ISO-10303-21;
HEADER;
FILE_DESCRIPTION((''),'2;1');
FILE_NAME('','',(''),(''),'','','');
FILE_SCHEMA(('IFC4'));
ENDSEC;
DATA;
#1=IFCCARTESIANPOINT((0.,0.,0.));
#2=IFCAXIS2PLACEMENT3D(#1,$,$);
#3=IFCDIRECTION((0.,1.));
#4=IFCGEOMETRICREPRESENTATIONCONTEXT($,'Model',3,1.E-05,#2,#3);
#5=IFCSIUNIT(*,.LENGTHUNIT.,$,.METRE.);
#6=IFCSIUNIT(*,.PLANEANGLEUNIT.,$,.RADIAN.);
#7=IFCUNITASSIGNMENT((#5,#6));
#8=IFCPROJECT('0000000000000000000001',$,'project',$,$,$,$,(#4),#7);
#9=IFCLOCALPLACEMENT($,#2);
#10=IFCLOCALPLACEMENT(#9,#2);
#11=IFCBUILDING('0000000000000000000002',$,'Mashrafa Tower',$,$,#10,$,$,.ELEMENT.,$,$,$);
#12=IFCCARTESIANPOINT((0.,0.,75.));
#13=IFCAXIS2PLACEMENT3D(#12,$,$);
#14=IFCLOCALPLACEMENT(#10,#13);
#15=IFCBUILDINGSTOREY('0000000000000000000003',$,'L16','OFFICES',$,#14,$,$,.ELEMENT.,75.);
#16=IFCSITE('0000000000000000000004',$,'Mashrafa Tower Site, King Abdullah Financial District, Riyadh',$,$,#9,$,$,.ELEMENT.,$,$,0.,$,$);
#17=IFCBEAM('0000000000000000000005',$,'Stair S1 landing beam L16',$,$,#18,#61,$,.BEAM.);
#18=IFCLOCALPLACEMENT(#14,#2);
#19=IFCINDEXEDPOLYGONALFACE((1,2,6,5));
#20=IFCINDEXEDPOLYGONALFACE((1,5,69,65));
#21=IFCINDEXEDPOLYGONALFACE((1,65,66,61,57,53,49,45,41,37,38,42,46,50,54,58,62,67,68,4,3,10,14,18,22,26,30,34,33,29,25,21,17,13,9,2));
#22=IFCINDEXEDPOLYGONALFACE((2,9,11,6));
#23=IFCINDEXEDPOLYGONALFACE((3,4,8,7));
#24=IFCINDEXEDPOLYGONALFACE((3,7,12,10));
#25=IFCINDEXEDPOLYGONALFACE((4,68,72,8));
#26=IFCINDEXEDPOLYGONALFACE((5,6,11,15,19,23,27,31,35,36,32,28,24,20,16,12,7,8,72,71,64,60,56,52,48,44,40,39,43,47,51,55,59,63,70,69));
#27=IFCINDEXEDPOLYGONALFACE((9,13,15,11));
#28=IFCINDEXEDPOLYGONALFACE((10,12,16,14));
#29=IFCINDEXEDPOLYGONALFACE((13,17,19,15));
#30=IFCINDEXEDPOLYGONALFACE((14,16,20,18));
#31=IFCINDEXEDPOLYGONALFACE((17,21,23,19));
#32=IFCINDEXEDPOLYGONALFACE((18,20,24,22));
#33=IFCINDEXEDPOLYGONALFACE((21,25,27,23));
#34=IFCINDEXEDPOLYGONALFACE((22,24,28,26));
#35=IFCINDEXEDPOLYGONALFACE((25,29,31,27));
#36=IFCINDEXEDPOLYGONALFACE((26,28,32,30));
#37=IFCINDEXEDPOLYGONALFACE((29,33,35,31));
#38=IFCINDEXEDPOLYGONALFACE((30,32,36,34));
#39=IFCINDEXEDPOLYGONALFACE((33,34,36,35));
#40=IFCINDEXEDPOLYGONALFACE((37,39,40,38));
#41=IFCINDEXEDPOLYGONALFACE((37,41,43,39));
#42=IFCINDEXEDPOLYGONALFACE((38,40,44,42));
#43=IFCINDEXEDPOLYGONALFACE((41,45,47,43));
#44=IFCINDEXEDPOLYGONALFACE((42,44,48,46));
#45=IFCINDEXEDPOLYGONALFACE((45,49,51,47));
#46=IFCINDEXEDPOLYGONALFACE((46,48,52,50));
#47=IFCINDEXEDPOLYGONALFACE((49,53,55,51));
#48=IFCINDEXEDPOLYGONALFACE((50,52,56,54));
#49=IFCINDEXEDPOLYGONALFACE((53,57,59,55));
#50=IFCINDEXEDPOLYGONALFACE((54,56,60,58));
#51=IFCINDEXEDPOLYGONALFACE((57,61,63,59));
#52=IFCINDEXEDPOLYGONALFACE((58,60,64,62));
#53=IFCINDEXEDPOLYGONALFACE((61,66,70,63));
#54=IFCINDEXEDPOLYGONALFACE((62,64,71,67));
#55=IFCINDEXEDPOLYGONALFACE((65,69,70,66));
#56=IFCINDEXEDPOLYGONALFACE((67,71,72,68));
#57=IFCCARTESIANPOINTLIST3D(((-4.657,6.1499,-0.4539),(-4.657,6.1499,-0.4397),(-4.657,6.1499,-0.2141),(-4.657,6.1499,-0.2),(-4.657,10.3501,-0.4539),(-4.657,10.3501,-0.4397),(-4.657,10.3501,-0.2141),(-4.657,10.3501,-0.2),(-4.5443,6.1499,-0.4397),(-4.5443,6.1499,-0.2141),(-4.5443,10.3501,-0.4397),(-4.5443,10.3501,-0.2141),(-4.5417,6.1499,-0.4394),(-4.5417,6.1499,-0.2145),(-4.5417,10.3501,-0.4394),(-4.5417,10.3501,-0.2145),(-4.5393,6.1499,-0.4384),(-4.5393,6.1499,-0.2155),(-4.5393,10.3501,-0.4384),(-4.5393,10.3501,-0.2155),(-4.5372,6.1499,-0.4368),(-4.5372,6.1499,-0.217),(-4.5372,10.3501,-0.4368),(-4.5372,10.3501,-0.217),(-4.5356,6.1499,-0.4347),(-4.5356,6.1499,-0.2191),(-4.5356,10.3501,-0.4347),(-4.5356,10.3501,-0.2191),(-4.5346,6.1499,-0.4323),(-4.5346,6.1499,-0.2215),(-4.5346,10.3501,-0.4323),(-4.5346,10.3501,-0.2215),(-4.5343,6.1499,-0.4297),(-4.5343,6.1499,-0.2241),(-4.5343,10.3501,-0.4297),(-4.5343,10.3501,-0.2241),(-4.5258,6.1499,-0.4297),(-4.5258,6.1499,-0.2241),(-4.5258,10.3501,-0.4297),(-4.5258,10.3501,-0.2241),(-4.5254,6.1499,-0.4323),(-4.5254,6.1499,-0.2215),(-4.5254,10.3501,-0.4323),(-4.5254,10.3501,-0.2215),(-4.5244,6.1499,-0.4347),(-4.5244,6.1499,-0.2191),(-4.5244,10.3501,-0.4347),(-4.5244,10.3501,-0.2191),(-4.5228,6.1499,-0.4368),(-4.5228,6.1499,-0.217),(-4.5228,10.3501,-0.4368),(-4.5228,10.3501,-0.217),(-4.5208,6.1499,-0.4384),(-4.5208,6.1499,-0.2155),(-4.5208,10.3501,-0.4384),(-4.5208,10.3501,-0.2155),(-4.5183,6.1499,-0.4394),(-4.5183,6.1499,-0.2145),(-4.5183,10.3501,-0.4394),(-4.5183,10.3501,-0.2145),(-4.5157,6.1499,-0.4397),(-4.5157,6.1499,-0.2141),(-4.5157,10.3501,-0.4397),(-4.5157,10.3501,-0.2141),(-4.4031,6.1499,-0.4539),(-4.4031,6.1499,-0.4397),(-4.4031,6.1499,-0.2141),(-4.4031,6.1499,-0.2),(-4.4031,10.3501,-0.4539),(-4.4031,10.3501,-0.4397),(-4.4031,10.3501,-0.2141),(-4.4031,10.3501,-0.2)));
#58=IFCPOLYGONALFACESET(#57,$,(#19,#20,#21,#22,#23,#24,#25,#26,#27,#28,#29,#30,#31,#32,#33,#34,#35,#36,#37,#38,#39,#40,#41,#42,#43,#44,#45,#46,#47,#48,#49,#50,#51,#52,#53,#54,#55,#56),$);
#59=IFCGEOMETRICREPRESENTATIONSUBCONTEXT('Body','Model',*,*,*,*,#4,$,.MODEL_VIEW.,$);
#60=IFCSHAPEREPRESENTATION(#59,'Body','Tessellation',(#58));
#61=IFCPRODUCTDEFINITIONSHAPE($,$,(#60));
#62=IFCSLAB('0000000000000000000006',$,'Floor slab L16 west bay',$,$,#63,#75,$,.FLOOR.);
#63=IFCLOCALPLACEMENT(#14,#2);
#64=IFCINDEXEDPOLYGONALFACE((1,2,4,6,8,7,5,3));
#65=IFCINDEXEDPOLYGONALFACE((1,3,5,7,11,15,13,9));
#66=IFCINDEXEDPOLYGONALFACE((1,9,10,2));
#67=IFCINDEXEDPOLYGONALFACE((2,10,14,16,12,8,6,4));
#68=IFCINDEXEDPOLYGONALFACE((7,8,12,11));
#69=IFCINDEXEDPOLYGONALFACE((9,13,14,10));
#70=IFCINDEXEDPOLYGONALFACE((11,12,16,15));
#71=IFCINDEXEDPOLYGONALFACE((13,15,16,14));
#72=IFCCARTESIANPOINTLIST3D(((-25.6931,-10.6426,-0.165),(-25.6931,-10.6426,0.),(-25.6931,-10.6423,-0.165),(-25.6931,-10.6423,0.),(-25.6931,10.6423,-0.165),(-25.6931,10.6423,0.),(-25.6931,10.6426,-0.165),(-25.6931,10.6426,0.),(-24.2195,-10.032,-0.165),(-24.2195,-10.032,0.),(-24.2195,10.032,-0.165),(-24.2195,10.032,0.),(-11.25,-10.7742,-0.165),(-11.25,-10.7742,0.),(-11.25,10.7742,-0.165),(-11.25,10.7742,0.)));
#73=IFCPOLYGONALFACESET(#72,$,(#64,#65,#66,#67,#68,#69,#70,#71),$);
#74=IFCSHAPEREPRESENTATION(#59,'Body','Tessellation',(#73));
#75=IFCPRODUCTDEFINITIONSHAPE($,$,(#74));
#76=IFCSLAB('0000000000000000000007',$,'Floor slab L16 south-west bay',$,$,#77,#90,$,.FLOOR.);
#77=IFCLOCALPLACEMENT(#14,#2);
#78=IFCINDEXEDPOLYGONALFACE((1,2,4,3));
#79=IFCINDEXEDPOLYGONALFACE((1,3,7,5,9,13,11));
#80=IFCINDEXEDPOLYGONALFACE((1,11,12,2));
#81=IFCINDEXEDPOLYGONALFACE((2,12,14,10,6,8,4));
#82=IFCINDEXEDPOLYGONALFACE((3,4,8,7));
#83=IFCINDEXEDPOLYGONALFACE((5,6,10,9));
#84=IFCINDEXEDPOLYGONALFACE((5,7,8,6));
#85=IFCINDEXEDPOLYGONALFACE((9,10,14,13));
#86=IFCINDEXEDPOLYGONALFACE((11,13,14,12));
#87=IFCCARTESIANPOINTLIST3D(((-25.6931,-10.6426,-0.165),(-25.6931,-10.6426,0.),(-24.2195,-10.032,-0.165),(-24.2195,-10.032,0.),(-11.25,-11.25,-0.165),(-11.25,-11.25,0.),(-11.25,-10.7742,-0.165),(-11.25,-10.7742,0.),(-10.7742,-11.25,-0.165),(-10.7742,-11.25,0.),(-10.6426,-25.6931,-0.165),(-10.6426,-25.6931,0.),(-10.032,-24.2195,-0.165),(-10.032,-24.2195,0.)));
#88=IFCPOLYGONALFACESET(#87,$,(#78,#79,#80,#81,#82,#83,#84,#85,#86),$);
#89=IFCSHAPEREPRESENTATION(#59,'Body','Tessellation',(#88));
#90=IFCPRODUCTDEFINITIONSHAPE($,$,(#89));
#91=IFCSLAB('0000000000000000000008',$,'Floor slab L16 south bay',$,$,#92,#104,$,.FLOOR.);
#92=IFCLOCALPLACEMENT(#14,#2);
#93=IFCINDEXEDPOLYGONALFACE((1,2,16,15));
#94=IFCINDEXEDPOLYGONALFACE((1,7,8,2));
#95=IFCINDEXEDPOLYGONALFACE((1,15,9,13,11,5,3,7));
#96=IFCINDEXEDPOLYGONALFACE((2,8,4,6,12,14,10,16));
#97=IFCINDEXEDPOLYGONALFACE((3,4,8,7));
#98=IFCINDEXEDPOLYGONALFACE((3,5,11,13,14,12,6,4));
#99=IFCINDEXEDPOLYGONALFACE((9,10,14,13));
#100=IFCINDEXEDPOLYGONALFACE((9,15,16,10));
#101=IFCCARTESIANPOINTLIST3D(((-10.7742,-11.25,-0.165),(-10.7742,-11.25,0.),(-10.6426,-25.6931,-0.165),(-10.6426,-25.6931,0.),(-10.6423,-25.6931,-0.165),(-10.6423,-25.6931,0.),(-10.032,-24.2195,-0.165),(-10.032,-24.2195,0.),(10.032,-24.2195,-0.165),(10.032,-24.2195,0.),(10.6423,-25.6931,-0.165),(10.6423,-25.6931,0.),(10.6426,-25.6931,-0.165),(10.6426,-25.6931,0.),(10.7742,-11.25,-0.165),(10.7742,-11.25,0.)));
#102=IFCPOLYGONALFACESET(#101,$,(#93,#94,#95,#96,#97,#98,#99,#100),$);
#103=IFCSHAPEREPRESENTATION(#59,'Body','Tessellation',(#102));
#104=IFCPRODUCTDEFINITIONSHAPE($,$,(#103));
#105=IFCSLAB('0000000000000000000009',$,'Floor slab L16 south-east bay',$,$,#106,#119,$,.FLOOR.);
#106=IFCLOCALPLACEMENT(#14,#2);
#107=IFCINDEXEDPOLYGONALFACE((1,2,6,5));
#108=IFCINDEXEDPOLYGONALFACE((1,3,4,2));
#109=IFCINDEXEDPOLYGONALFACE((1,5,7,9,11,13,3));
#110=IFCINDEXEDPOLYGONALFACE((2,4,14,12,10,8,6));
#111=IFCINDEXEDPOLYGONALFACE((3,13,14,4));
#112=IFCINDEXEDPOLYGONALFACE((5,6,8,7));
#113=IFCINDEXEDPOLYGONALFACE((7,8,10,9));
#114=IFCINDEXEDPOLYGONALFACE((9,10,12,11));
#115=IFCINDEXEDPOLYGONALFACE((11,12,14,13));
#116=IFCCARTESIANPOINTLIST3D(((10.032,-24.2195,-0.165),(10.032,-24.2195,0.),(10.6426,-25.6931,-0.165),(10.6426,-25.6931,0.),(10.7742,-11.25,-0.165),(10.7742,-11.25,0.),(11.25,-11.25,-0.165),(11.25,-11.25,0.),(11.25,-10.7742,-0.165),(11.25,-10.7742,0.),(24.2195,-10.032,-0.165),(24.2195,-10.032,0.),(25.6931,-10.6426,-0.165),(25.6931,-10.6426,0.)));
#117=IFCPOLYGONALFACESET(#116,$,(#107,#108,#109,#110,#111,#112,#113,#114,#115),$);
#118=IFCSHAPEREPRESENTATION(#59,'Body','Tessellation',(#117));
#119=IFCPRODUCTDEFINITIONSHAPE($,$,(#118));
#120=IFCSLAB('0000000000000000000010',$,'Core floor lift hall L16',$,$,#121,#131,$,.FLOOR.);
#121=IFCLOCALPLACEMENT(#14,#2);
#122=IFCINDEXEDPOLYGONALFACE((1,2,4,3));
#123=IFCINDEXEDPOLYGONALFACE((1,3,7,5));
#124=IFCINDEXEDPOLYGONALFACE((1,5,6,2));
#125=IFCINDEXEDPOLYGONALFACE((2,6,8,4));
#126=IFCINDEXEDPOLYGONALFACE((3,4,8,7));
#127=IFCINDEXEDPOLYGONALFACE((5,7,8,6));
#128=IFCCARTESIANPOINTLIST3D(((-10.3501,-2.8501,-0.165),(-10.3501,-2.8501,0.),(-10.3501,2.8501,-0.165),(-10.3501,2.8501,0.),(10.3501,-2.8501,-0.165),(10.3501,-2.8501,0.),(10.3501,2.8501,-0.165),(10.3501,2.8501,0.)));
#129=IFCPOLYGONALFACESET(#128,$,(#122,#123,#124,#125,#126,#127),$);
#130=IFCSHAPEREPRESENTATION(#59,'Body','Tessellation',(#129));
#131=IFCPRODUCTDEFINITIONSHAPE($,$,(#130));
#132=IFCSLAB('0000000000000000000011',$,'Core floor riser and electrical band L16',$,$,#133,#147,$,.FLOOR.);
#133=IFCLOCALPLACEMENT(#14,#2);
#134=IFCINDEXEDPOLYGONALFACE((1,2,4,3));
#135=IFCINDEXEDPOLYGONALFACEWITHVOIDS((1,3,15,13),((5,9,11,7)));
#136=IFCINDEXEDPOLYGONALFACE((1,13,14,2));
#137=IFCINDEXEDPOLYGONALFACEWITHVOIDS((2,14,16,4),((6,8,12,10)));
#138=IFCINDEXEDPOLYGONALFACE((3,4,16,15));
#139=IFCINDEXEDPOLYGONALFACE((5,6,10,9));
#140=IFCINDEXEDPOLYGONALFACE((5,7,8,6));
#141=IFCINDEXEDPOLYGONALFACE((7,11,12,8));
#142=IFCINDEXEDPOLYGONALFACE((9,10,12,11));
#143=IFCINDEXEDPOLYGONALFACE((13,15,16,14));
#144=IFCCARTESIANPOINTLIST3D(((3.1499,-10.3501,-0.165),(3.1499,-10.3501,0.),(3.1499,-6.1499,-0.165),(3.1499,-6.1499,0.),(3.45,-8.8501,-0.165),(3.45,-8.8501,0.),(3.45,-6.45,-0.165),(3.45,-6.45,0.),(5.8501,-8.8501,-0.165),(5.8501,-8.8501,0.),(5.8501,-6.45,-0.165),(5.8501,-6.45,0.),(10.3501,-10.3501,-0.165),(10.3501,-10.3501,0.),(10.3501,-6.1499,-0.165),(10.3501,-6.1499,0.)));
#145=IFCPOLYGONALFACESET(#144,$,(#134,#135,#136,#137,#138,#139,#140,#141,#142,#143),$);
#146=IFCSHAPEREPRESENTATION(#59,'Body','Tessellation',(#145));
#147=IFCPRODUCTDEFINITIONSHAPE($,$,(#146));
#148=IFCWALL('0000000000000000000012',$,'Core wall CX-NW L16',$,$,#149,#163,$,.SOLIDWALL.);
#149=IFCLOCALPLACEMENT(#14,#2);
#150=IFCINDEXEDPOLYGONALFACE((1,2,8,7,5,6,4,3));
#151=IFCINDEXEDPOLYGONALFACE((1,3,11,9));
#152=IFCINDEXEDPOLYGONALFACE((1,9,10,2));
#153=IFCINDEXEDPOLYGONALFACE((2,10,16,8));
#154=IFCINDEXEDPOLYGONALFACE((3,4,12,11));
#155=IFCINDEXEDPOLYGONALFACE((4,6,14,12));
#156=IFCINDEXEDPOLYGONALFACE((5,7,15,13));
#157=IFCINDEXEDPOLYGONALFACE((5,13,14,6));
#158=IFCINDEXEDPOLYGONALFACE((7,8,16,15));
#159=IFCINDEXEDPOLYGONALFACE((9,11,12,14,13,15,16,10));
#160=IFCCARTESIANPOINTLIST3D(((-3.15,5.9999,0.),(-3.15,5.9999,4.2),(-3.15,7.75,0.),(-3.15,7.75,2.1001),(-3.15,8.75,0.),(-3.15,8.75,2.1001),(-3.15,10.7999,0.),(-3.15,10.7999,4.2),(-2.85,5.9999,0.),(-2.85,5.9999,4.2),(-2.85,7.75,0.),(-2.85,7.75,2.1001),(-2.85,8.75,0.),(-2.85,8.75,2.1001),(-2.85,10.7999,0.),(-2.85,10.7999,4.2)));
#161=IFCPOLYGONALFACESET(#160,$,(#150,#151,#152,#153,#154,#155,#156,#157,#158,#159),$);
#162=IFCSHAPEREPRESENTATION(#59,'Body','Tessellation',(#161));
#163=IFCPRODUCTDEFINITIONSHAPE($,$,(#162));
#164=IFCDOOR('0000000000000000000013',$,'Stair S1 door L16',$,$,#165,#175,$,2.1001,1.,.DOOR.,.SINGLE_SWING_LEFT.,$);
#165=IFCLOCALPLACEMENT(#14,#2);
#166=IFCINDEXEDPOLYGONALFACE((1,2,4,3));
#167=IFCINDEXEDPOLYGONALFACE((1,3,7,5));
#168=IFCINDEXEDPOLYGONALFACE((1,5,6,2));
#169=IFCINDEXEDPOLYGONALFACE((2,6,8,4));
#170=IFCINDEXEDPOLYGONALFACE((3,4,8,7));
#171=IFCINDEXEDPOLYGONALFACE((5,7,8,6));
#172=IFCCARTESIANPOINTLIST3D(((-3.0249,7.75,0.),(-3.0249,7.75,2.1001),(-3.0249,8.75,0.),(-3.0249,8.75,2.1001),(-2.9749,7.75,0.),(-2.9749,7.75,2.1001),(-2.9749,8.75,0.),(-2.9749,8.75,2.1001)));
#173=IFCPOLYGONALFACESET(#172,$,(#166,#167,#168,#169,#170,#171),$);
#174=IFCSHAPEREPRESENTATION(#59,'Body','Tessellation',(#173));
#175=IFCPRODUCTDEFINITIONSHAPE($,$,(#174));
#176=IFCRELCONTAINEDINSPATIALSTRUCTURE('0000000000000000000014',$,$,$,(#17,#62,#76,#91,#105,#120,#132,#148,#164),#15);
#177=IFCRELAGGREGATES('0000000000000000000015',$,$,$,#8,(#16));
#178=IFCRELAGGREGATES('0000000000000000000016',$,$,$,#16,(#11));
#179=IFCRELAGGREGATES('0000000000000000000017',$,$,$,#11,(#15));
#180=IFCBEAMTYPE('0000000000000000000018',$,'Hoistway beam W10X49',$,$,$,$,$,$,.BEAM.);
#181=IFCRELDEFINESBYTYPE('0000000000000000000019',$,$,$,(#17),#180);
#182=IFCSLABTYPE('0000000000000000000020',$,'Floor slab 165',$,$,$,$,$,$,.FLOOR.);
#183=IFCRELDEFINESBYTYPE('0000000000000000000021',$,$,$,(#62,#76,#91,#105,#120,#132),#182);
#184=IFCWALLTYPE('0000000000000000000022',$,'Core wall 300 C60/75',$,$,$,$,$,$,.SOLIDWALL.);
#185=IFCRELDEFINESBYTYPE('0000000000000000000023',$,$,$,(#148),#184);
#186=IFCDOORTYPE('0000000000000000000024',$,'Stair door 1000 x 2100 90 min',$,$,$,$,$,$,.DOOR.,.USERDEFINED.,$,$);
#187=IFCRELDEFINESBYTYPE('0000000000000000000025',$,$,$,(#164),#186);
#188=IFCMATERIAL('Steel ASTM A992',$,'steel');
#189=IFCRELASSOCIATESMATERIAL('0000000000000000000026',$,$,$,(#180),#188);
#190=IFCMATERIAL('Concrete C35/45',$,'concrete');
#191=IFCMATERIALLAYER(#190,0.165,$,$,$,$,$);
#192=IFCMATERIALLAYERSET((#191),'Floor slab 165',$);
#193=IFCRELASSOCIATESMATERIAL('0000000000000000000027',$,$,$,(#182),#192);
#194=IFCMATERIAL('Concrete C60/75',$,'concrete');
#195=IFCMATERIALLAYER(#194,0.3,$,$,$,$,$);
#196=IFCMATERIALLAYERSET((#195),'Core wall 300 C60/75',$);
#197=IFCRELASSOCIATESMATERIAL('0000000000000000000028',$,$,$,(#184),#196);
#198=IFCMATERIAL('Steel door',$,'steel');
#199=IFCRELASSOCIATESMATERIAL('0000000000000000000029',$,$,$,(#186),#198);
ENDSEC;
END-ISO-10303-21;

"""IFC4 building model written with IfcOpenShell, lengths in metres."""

from ifc_helpers import new_model, si_unit, direction, frame, frame_2d, origin, origin_2d, place, context, subcontext, project, spatial, polyline, rectangle, i_section, outline, extrude, material, layer, layer_set, material_profile, profile_set, type_object, element, fill, save


model = new_model("IFC4")

# Units and contexts
model_context = context("Model", 3, precision=1e-05, world=origin(), true_north=direction((0.0, 1.0)))
body_context = subcontext(model_context, "Body", "Model", "MODEL_VIEW")
ifc_project = project(units=[si_unit("LENGTHUNIT", "METRE"), si_unit("PLANEANGLEUNIT", "RADIAN")], contexts=[model_context])

# Site, building, storey
site_placement = place(None, origin())
site = spatial("IfcSite", under=ifc_project, at=site_placement, Name="Mashrafa Tower Site, King Abdullah Financial District, Riyadh", CompositionType="ELEMENT", RefElevation=0.0)
building_placement = place(site_placement, origin())
building = spatial("IfcBuilding", under=site, at=building_placement, Name="Mashrafa Tower", CompositionType="ELEMENT")
storey_placement = place(building_placement, frame((0.0, 0.0, 75.0)))
storey = spatial("IfcBuildingStorey", under=building, at=storey_placement, Name="L16", Description="OFFICES", CompositionType="ELEMENT", Elevation=75.0)

# Beam
ifc_material_1 = material(Name="Steel ASTM A992", Category="steel")
ifc_material_profile = material_profile(ifc_material_1, i_section(OverallWidth=0.2539, OverallDepth=0.2539, WebThickness=0.0085, FlangeThickness=0.0142, FilletRadius=0.01, at=origin_2d()), Name="W10X49")
ifc_profile_set = profile_set([ifc_material_profile], Name="Steel ASTM A992")
beam_type = type_object("IfcBeamType", Name="Hoistway beam W10X49", PredefinedType="BEAM", material=ifc_profile_set)
beam_placement = place(storey_placement, frame((-4.53, 6.1499, -0.3269), z_axis=(0.0, 1.0, 0.0), x_axis=(-1.0, 0.0, 0.0)))
element("IfcBeam", 1, at=beam_placement, inside=storey, type_object=beam_type, Name="Stair S1 landing beam L16", PredefinedType="BEAM", context=body_context, shape_type="SweptSolid", body=[
    extrude(i_section(OverallWidth=0.2539, OverallDepth=0.2539, WebThickness=0.0085, FlangeThickness=0.0142, FilletRadius=0.01, at=origin_2d()), origin(), (0.0, 0.0, 1.0), 4.2002),
])

# Slabs
ifc_material_2 = material(Name="Concrete C35/45", Category="concrete")
ifc_layer_1 = layer(ifc_material_2, 0.165)
ifc_layer_set_1 = layer_set([ifc_layer_1], Name="Floor slab 165")
slab_type = type_object("IfcSlabType", Name="Floor slab 165", PredefinedType="FLOOR", material=ifc_layer_set_1)
slab_1_placement = place(storey_placement, frame((0.0, 0.0, -0.165)))
element("IfcSlab", 2, at=slab_1_placement, inside=storey, type_object=slab_type, Name="Floor slab L16 west bay", PredefinedType="FLOOR", context=body_context, shape_type="SweptSolid", body=[
    extrude(outline(polyline([(-25.6931, -10.6423), (-25.6931, 10.6423), (-25.6931, 10.6426), (-24.2195, 10.032), (-11.25, 10.7742), (-11.25, -10.7742), (-24.2195, -10.032), (-25.6931, -10.6426), (-25.6931, -10.6423)])), origin(), (0.0, 0.0, 1.0), 0.165),
])
slab_2_placement = place(storey_placement, frame((0.0, 0.0, -0.165)))
element("IfcSlab", 3, at=slab_2_placement, inside=storey, type_object=slab_type, Name="Floor slab L16 south-west bay", PredefinedType="FLOOR", context=body_context, shape_type="SweptSolid", body=[
    extrude(outline(polyline([(-25.6931, -10.6426), (-24.2195, -10.032), (-11.25, -10.7742), (-11.25, -11.25), (-10.7742, -11.25), (-10.032, -24.2195), (-10.6426, -25.6931), (-25.6931, -10.6426)])), origin(), (0.0, 0.0, 1.0), 0.165),
])
slab_3_placement = place(storey_placement, frame((0.0, 0.0, -0.165)))
element("IfcSlab", 4, at=slab_3_placement, inside=storey, type_object=slab_type, Name="Floor slab L16 south bay", PredefinedType="FLOOR", context=body_context, shape_type="SweptSolid", body=[
    extrude(outline(polyline([(-10.6423, -25.6931), (-10.6426, -25.6931), (-10.032, -24.2195), (-10.7742, -11.25), (10.7742, -11.25), (10.032, -24.2195), (10.6426, -25.6931), (10.6423, -25.6931), (-10.6423, -25.6931)])), origin(), (0.0, 0.0, 1.0), 0.165),
])
slab_4_placement = place(storey_placement, frame((0.0, 0.0, -0.165)))
element("IfcSlab", 5, at=slab_4_placement, inside=storey, type_object=slab_type, Name="Floor slab L16 south-east bay", PredefinedType="FLOOR", context=body_context, shape_type="SweptSolid", body=[
    extrude(outline(polyline([(10.6426, -25.6931), (10.032, -24.2195), (10.7742, -11.25), (11.25, -11.25), (11.25, -10.7742), (24.2195, -10.032), (25.6931, -10.6426), (10.6426, -25.6931)])), origin(), (0.0, 0.0, 1.0), 0.165),
])
slab_5_placement = place(storey_placement, frame((0.0, 0.0, -0.165)))
element("IfcSlab", 6, at=slab_5_placement, inside=storey, type_object=slab_type, Name="Core floor lift hall L16", PredefinedType="FLOOR", context=body_context, shape_type="SweptSolid", body=[
    extrude(outline(polyline([(-10.3501, 2.8501), (10.3501, 2.8501), (10.3501, -2.8501), (-10.3501, -2.8501), (-10.3501, 2.8501)])), origin(), (0.0, 0.0, 1.0), 0.165),
])
slab_6_placement = place(storey_placement, frame((0.0, 0.0, -0.165)))
element("IfcSlab", 7, at=slab_6_placement, inside=storey, type_object=slab_type, Name="Core floor riser and electrical band L16", PredefinedType="FLOOR", context=body_context, shape_type="SweptSolid", body=[
    extrude(outline(polyline([(10.3501, -6.1499), (10.3501, -10.3501), (3.1499, -10.3501), (3.1499, -6.1499), (10.3501, -6.1499)]), holes=[polyline([(3.45, -8.8501), (5.8501, -8.8501), (5.8501, -6.45), (3.45, -6.45), (3.45, -8.8501)])]), origin(), (0.0, 0.0, 1.0), 0.165),
])

# Wall, opening, door
ifc_material_3 = material(Name="Concrete C60/75", Category="concrete")
ifc_layer_2 = layer(ifc_material_3, 0.3)
ifc_layer_set_2 = layer_set([ifc_layer_2], Name="Core wall 300 C60/75")
wall_type_1 = type_object("IfcWallType", Name="Core wall 300 C60/75", PredefinedType="SOLIDWALL", material=ifc_layer_set_2)
wall_1_placement = place(storey_placement, frame((-3.0, 6.0, 0.0), z_axis=(0.0, 0.0, 1.0), x_axis=(0.0, 1.0, 0.0)))
wall_1 = element("IfcWall", 8, at=wall_1_placement, inside=storey, type_object=wall_type_1, Name="Core wall CX-NW L16", PredefinedType="SOLIDWALL", context=body_context, shape_type="SweptSolid", body=[
    extrude(rectangle(XDim=4.8, YDim=0.3, at=frame_2d((2.3999, 0.0))), origin(), (0.0, 0.0, 1.0), 4.2),
])
opening_placement = place(wall_1_placement, frame((1.75, 0.0, 0.0)))
opening = element("IfcOpeningElement", 9, at=opening_placement, cuts=wall_1, PredefinedType="OPENING", context=body_context, shape_type="SweptSolid", body=[
    extrude(rectangle(XDim=1.0, YDim=2.1001, at=frame_2d((0.5, 1.05))), frame((0.0, 0.1599, 0.0), z_axis=(0.0, -1.0, 0.0), x_axis=(1.0, 0.0, 0.0)), (0.0, 0.0, 1.0), 0.3201),
])
ifc_material_4 = material(Name="Steel door", Category="steel")
door_type = type_object("IfcDoorType", Name="Stair door 1000 x 2100 90 min", OperationType="USERDEFINED", PredefinedType="DOOR", material=ifc_material_4)
door_placement = place(opening_placement, origin())
door = element("IfcDoor", 10, at=door_placement, inside=storey, type_object=door_type, Name="Stair S1 door L16", OperationType="SINGLE_SWING_LEFT", OverallHeight=2.1001, OverallWidth=1.0, PredefinedType="DOOR", context=body_context, shape_type="SweptSolid", body=[
    extrude(rectangle(XDim=1.0, YDim=2.1001, at=frame_2d((0.5, 1.05))), frame((0.0, 0.0249, 0.0), z_axis=(0.0, -1.0, 0.0), x_axis=(1.0, 0.0, 0.0)), (0.0, 0.0, 1.0), 0.05),
])
fill(opening, door)

save(model, "model.ifc")
